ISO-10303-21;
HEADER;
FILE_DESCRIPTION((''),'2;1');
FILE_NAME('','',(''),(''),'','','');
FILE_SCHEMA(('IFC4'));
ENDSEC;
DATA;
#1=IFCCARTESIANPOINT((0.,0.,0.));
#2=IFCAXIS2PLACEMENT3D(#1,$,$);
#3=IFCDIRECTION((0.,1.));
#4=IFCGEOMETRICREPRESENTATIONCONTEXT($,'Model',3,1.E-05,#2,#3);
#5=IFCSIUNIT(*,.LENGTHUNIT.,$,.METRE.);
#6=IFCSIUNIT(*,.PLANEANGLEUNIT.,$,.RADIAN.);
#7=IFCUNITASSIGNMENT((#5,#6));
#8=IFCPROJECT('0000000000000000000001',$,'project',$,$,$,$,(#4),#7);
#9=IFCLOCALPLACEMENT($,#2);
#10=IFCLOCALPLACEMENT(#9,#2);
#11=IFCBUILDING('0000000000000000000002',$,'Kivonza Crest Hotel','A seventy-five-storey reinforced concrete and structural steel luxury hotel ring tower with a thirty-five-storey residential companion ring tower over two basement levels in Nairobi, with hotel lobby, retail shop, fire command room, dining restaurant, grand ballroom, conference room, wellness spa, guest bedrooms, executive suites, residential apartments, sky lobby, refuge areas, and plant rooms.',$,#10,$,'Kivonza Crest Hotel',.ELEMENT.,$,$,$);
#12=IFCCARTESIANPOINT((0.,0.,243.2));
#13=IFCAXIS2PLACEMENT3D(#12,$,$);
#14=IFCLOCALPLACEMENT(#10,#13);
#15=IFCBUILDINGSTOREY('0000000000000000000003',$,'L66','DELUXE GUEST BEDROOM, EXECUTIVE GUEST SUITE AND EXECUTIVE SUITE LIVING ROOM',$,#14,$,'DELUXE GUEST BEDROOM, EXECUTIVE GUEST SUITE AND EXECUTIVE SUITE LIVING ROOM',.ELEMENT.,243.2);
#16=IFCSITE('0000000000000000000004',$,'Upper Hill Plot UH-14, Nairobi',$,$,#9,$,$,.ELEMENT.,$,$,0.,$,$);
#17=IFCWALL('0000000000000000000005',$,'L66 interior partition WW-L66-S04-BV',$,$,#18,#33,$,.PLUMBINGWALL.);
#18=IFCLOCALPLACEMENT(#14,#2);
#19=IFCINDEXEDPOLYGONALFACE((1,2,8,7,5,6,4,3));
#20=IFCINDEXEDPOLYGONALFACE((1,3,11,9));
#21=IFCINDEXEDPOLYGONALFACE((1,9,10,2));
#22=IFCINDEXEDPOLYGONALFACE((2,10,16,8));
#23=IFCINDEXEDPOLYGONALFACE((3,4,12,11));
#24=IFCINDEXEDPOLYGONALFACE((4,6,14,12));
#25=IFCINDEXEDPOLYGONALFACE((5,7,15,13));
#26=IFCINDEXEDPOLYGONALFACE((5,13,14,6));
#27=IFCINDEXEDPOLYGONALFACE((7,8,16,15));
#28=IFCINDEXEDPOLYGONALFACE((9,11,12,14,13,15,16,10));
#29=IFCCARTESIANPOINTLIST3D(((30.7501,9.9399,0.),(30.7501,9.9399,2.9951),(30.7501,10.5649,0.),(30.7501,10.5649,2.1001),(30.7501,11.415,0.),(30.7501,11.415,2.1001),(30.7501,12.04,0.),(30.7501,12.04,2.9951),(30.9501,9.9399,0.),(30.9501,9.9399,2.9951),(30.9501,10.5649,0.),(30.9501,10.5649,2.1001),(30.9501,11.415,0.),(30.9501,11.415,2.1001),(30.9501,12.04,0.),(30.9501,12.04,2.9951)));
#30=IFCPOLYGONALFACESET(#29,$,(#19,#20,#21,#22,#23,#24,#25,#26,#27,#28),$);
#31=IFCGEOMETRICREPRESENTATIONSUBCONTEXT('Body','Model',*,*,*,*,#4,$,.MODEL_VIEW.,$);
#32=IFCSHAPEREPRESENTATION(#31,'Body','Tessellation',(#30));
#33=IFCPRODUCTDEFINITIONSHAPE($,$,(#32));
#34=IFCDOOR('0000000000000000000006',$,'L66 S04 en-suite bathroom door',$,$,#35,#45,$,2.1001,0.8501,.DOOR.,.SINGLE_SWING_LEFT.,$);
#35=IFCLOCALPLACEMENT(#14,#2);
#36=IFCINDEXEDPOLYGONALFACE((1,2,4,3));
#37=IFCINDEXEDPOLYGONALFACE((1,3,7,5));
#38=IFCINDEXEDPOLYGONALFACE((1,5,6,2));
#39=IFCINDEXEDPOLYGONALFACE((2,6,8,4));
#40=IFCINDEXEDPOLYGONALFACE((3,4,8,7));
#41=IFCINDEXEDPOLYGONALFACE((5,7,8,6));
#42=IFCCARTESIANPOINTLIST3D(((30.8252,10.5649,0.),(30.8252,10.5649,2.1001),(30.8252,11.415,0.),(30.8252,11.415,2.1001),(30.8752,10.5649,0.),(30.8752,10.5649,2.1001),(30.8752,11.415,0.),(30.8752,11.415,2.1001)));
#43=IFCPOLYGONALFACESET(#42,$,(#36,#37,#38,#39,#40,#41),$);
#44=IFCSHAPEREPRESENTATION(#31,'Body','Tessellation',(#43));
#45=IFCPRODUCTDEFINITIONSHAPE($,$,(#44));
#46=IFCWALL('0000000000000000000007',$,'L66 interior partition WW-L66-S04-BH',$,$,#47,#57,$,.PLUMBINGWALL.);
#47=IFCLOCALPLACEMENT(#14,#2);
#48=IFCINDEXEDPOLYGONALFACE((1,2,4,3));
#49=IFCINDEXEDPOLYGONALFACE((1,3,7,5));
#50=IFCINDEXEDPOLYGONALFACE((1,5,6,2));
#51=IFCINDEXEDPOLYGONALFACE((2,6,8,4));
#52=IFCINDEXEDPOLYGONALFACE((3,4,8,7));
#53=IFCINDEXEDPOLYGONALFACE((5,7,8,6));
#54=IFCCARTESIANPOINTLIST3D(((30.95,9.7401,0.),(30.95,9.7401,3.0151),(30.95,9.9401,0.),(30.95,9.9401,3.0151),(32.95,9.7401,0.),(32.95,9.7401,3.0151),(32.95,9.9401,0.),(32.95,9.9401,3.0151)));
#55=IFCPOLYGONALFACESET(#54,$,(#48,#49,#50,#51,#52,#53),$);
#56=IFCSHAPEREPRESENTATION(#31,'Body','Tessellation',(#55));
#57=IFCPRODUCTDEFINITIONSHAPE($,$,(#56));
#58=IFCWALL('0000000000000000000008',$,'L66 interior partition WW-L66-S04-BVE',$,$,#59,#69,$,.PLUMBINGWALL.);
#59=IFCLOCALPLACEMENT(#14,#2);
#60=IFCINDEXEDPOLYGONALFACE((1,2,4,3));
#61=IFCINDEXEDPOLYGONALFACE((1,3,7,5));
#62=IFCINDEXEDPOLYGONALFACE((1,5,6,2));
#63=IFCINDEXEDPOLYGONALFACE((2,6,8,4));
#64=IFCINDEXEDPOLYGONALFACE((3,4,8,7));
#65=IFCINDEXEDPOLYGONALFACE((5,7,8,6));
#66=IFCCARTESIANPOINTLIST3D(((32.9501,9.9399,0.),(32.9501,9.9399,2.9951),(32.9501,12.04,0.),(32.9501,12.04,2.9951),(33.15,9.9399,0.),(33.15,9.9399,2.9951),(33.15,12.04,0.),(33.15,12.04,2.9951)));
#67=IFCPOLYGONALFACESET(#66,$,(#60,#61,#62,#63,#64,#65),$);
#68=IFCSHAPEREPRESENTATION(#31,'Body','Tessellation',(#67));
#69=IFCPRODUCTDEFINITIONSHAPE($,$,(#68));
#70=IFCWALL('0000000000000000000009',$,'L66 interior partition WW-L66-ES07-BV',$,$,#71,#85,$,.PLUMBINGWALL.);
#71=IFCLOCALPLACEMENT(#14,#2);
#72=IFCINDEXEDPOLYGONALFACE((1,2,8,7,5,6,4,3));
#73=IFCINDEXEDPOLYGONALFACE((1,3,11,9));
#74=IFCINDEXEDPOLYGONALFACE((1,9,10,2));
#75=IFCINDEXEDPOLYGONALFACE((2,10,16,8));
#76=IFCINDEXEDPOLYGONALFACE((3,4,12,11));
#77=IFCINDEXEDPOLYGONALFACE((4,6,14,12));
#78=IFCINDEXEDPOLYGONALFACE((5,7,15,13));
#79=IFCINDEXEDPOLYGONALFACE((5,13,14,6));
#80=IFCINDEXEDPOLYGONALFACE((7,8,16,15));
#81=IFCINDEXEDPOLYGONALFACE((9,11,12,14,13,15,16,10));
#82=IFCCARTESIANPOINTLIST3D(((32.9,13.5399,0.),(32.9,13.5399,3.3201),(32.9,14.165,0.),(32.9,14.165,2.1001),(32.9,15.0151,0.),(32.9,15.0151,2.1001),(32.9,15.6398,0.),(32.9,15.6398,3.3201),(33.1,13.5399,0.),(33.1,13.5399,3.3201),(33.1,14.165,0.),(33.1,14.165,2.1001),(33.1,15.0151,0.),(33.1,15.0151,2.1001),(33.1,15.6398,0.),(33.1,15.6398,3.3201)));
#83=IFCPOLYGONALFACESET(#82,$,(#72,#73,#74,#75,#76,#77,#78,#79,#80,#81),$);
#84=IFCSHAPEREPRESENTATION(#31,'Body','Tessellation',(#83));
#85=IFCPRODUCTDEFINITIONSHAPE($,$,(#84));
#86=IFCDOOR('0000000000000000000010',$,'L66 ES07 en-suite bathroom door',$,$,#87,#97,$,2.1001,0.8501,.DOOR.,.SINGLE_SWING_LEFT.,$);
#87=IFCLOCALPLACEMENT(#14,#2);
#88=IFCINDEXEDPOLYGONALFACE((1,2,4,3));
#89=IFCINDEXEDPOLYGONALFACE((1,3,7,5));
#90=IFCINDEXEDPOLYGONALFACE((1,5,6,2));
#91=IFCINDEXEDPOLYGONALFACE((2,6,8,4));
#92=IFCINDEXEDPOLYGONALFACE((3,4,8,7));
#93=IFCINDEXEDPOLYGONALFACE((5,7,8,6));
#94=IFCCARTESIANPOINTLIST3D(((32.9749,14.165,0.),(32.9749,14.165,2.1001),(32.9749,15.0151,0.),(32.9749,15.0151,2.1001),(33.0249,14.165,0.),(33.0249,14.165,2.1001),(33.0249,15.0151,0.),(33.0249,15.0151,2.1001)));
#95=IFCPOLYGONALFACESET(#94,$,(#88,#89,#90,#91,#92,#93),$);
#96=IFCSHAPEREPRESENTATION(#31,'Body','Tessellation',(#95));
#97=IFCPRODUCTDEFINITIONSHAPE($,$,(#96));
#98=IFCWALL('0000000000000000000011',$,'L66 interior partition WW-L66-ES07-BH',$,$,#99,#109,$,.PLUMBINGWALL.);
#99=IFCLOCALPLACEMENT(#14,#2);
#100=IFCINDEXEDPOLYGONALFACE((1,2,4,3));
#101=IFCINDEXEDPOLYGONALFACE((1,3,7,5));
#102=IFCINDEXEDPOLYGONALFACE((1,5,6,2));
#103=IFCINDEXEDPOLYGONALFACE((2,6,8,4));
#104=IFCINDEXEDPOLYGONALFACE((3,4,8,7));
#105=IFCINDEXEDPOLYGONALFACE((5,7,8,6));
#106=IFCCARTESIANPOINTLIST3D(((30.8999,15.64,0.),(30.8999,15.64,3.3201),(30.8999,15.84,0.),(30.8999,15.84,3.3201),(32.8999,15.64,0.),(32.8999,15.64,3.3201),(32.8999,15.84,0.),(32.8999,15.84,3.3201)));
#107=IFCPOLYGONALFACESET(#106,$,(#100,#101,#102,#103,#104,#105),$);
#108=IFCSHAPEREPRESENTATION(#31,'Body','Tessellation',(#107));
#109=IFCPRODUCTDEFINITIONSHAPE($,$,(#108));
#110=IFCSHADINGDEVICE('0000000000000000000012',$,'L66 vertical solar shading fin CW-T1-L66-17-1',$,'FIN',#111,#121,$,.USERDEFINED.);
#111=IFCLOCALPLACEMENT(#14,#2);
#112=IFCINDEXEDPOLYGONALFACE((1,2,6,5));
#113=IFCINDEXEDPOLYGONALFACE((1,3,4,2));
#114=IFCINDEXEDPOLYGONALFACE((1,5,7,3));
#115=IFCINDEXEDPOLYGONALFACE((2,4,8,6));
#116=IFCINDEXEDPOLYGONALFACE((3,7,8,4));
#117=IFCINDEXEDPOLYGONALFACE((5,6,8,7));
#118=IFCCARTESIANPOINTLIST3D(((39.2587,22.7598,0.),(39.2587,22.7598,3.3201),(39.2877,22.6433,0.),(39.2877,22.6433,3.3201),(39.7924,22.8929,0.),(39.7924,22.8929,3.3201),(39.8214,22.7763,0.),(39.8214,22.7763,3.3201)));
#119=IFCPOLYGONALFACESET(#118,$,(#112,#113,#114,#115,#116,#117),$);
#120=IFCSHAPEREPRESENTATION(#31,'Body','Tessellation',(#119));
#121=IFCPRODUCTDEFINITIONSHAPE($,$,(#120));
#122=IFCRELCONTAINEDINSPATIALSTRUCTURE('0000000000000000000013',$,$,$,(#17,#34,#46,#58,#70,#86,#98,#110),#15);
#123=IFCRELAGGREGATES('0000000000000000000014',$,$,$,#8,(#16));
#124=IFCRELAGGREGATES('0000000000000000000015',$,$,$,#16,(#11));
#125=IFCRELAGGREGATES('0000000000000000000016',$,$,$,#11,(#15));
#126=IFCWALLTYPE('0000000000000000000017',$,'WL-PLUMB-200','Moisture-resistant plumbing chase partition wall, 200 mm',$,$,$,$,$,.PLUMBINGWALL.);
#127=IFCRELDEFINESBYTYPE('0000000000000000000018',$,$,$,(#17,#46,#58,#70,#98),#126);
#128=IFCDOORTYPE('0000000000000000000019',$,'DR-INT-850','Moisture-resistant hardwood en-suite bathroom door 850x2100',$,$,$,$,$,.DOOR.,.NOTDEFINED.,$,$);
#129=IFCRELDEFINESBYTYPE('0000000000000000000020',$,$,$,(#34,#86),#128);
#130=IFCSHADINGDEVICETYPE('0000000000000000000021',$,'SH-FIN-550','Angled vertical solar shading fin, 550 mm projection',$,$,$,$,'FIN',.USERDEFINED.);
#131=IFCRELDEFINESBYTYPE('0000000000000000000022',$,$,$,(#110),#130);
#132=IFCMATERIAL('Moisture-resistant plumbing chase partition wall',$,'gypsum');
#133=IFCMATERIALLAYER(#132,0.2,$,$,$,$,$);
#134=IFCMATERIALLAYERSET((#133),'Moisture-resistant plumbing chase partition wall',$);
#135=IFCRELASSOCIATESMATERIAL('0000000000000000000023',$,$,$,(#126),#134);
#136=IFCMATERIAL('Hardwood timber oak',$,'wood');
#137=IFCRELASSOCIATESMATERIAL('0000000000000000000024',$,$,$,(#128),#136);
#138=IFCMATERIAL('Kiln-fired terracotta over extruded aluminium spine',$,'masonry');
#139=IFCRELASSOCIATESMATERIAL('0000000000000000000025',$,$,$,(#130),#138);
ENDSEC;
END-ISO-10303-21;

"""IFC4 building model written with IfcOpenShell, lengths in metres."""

from ifc_helpers import new_model, si_unit, direction, frame, frame_2d, origin, origin_2d, place, context, subcontext, project, spatial, rectangle, extrude, material, layer, layer_set, type_object, element, fill, save


model = new_model("IFC4")

# Units and contexts
model_context = context("Model", 3, precision=1e-05, world=origin(), true_north=direction((0.0, 1.0)))
body_context = subcontext(model_context, "Body", "Model", "MODEL_VIEW")
ifc_project = project(units=[si_unit("LENGTHUNIT", "METRE"), si_unit("PLANEANGLEUNIT", "RADIAN")], contexts=[model_context])

# Site, building, storey
site_placement = place(None, origin())
site = spatial("IfcSite", under=ifc_project, at=site_placement, Name="Upper Hill Plot UH-14, Nairobi", CompositionType="ELEMENT", RefElevation=0.0)
building_placement = place(site_placement, origin())
building = spatial("IfcBuilding", under=site, at=building_placement, Name="Kivonza Crest Hotel", Description="A seventy-five-storey reinforced concrete and structural steel luxury hotel ring tower with a thirty-five-storey residential companion ring tower over two basement levels in Nairobi, with hotel lobby, retail shop, fire command room, dining restaurant, grand ballroom, conference room, wellness spa, guest bedrooms, executive suites, residential apartments, sky lobby, refuge areas, and plant rooms.", LongName="Kivonza Crest Hotel", CompositionType="ELEMENT")
storey_placement = place(building_placement, frame((0.0, 0.0, 243.2)))
storey = spatial("IfcBuildingStorey", under=building, at=storey_placement, Name="L66", Description="DELUXE GUEST BEDROOM, EXECUTIVE GUEST SUITE AND EXECUTIVE SUITE LIVING ROOM", LongName="DELUXE GUEST BEDROOM, EXECUTIVE GUEST SUITE AND EXECUTIVE SUITE LIVING ROOM", CompositionType="ELEMENT", Elevation=243.2)

# Shared definitions
ifc_material_1 = material(Name="Hardwood timber oak", Category="wood")

# Wall, opening, door
ifc_material_2 = material(Name="Moisture-resistant plumbing chase partition wall", Category="gypsum")
ifc_layer_1 = layer(ifc_material_2, 0.2)
ifc_layer_set_1 = layer_set([ifc_layer_1], Name="Moisture-resistant plumbing chase partition wall")
wall_type_1 = type_object("IfcWallType", Name="WL-PLUMB-200", Description="Moisture-resistant plumbing chase partition wall, 200 mm", PredefinedType="PLUMBINGWALL", material=ifc_layer_set_1)
wall_1_placement = place(storey_placement, frame((30.8501, 9.9399, 0.0), z_axis=(0.0, 0.0, 1.0), x_axis=(0.0, 1.0, 0.0)))
wall_1 = element("IfcWall", 1, at=wall_1_placement, inside=storey, type_object=wall_type_1, Name="L66 interior partition WW-L66-S04-BV", PredefinedType="PLUMBINGWALL", context=body_context, shape_type="SweptSolid", body=[
    extrude(rectangle(XDim=2.1001, YDim=0.2, at=frame_2d((1.05, 0.0))), origin(), (0.0, 0.0, 1.0), 2.9951),
])
opening_1_placement = place(wall_1_placement, frame((0.625, 0.0, 0.0)))
opening_1 = element("IfcOpeningElement", 2, at=opening_1_placement, cuts=wall_1, PredefinedType="OPENING", context=body_context, shape_type="SweptSolid", body=[
    extrude(rectangle(XDim=0.8501, YDim=2.1001, at=frame_2d((0.425, 1.05))), frame((0.0, 0.1099, 0.0), z_axis=(0.0, -1.0, 0.0), x_axis=(1.0, 0.0, 0.0)), (0.0, 0.0, 1.0), 0.22),
])
door_type_1 = type_object("IfcDoorType", Name="DR-INT-850", Description="Moisture-resistant hardwood en-suite bathroom door 850x2100", OperationType="NOTDEFINED", PredefinedType="DOOR", material=ifc_material_1)
door_1_placement = place(opening_1_placement, origin())
door_1 = element("IfcDoor", 3, at=door_1_placement, inside=storey, type_object=door_type_1, Name="L66 S04 en-suite bathroom door", OperationType="SINGLE_SWING_LEFT", OverallHeight=2.1001, OverallWidth=0.8501, PredefinedType="DOOR", context=body_context, shape_type="SweptSolid", body=[
    extrude(rectangle(XDim=0.8501, YDim=2.1001, at=frame_2d((0.425, 1.05))), frame((0.0, 0.0249, 0.0), z_axis=(0.0, -1.0, 0.0), x_axis=(1.0, 0.0, 0.0)), (0.0, 0.0, 1.0), 0.05),
])
fill(opening_1, door_1)

# Walls
wall_2_placement = place(storey_placement, frame((30.95, 9.8401, 0.0), z_axis=(0.0, 0.0, 1.0), x_axis=(1.0, 0.0, 0.0)))
element("IfcWall", 4, at=wall_2_placement, inside=storey, type_object=wall_type_1, Name="L66 interior partition WW-L66-S04-BH", PredefinedType="PLUMBINGWALL", context=body_context, shape_type="SweptSolid", body=[
    extrude(rectangle(XDim=2.0, YDim=0.2, at=frame_2d((1.0, 0.0))), origin(), (0.0, 0.0, 1.0), 3.0151),
])
wall_3_placement = place(storey_placement, frame((33.05, 9.9399, 0.0), z_axis=(0.0, 0.0, 1.0), x_axis=(0.0, 1.0, 0.0)))
element("IfcWall", 5, at=wall_3_placement, inside=storey, type_object=wall_type_1, Name="L66 interior partition WW-L66-S04-BVE", PredefinedType="PLUMBINGWALL", context=body_context, shape_type="SweptSolid", body=[
    extrude(rectangle(XDim=2.1001, YDim=0.2, at=frame_2d((1.05, 0.0))), origin(), (0.0, 0.0, 1.0), 2.9951),
])

# Wall, opening, door
wall_4_placement = place(storey_placement, frame((33.0, 13.54, 0.0), z_axis=(0.0, 0.0, 1.0), x_axis=(0.0, 1.0, 0.0)))
wall_4 = element("IfcWall", 6, at=wall_4_placement, inside=storey, type_object=wall_type_1, Name="L66 interior partition WW-L66-ES07-BV", PredefinedType="PLUMBINGWALL", context=body_context, shape_type="SweptSolid", body=[
    extrude(rectangle(XDim=2.0999, YDim=0.2, at=frame_2d((1.0498, 0.0))), origin(), (0.0, 0.0, 1.0), 3.3201),
])
opening_2_placement = place(wall_4_placement, frame((0.625, 0.0, 0.0)))
opening_2 = element("IfcOpeningElement", 7, at=opening_2_placement, cuts=wall_4, PredefinedType="OPENING", context=body_context, shape_type="SweptSolid", body=[
    extrude(rectangle(XDim=0.8501, YDim=2.1001, at=frame_2d((0.425, 1.05))), frame((0.0, 0.1099, 0.0), z_axis=(0.0, -1.0, 0.0), x_axis=(1.0, 0.0, 0.0)), (0.0, 0.0, 1.0), 0.22),
])
door_2_placement = place(opening_2_placement, frame((0.8501, 0.0, 0.0), z_axis=(0.0, 0.0, 1.0), x_axis=(-1.0, 0.0, 0.0)))
door_2 = element("IfcDoor", 8, at=door_2_placement, inside=storey, type_object=door_type_1, Name="L66 ES07 en-suite bathroom door", OperationType="SINGLE_SWING_LEFT", OverallHeight=2.1001, OverallWidth=0.8501, PredefinedType="DOOR", context=body_context, shape_type="SweptSolid", body=[
    extrude(rectangle(XDim=0.8501, YDim=2.1001, at=frame_2d((0.425, 1.05))), frame((0.0, 0.0249, 0.0), z_axis=(0.0, -1.0, 0.0), x_axis=(1.0, 0.0, 0.0)), (0.0, 0.0, 1.0), 0.05),
])
fill(opening_2, door_2)

# Wall
wall_5_placement = place(storey_placement, frame((30.8999, 15.74, 0.0), z_axis=(0.0, 0.0, 1.0), x_axis=(1.0, 0.0, 0.0)))
element("IfcWall", 9, at=wall_5_placement, inside=storey, type_object=wall_type_1, Name="L66 interior partition WW-L66-ES07-BH", PredefinedType="PLUMBINGWALL", context=body_context, shape_type="SweptSolid", body=[
    extrude(rectangle(XDim=2.0, YDim=0.2, at=frame_2d((1.0, 0.0))), origin(), (0.0, 0.0, 1.0), 3.3201),
])

# Shading device
ifc_material_3 = material(Name="Kiln-fired terracotta over extruded aluminium spine", Category="masonry")
shading_device_type = type_object("IfcShadingDeviceType", Name="SH-FIN-550", Description="Angled vertical solar shading fin, 550 mm projection", ElementType="FIN", PredefinedType="USERDEFINED", material=ifc_material_3)
shading_device_placement = place(storey_placement, frame((39.54, 22.7681, 0.0), z_axis=(0.0, 0.0, 1.0), x_axis=(-0.241922, 0.970296, 0.0)))
element("IfcShadingDevice", 10, at=shading_device_placement, inside=storey, type_object=shading_device_type, Name="L66 vertical solar shading fin CW-T1-L66-17-1", ObjectType="FIN", PredefinedType="USERDEFINED", context=body_context, shape_type="SweptSolid", body=[
    extrude(rectangle(XDim=0.1201, YDim=0.55, at=origin_2d()), origin(), (0.0, 0.0, 1.0), 3.3201),
])

save(model, "model.ifc")
